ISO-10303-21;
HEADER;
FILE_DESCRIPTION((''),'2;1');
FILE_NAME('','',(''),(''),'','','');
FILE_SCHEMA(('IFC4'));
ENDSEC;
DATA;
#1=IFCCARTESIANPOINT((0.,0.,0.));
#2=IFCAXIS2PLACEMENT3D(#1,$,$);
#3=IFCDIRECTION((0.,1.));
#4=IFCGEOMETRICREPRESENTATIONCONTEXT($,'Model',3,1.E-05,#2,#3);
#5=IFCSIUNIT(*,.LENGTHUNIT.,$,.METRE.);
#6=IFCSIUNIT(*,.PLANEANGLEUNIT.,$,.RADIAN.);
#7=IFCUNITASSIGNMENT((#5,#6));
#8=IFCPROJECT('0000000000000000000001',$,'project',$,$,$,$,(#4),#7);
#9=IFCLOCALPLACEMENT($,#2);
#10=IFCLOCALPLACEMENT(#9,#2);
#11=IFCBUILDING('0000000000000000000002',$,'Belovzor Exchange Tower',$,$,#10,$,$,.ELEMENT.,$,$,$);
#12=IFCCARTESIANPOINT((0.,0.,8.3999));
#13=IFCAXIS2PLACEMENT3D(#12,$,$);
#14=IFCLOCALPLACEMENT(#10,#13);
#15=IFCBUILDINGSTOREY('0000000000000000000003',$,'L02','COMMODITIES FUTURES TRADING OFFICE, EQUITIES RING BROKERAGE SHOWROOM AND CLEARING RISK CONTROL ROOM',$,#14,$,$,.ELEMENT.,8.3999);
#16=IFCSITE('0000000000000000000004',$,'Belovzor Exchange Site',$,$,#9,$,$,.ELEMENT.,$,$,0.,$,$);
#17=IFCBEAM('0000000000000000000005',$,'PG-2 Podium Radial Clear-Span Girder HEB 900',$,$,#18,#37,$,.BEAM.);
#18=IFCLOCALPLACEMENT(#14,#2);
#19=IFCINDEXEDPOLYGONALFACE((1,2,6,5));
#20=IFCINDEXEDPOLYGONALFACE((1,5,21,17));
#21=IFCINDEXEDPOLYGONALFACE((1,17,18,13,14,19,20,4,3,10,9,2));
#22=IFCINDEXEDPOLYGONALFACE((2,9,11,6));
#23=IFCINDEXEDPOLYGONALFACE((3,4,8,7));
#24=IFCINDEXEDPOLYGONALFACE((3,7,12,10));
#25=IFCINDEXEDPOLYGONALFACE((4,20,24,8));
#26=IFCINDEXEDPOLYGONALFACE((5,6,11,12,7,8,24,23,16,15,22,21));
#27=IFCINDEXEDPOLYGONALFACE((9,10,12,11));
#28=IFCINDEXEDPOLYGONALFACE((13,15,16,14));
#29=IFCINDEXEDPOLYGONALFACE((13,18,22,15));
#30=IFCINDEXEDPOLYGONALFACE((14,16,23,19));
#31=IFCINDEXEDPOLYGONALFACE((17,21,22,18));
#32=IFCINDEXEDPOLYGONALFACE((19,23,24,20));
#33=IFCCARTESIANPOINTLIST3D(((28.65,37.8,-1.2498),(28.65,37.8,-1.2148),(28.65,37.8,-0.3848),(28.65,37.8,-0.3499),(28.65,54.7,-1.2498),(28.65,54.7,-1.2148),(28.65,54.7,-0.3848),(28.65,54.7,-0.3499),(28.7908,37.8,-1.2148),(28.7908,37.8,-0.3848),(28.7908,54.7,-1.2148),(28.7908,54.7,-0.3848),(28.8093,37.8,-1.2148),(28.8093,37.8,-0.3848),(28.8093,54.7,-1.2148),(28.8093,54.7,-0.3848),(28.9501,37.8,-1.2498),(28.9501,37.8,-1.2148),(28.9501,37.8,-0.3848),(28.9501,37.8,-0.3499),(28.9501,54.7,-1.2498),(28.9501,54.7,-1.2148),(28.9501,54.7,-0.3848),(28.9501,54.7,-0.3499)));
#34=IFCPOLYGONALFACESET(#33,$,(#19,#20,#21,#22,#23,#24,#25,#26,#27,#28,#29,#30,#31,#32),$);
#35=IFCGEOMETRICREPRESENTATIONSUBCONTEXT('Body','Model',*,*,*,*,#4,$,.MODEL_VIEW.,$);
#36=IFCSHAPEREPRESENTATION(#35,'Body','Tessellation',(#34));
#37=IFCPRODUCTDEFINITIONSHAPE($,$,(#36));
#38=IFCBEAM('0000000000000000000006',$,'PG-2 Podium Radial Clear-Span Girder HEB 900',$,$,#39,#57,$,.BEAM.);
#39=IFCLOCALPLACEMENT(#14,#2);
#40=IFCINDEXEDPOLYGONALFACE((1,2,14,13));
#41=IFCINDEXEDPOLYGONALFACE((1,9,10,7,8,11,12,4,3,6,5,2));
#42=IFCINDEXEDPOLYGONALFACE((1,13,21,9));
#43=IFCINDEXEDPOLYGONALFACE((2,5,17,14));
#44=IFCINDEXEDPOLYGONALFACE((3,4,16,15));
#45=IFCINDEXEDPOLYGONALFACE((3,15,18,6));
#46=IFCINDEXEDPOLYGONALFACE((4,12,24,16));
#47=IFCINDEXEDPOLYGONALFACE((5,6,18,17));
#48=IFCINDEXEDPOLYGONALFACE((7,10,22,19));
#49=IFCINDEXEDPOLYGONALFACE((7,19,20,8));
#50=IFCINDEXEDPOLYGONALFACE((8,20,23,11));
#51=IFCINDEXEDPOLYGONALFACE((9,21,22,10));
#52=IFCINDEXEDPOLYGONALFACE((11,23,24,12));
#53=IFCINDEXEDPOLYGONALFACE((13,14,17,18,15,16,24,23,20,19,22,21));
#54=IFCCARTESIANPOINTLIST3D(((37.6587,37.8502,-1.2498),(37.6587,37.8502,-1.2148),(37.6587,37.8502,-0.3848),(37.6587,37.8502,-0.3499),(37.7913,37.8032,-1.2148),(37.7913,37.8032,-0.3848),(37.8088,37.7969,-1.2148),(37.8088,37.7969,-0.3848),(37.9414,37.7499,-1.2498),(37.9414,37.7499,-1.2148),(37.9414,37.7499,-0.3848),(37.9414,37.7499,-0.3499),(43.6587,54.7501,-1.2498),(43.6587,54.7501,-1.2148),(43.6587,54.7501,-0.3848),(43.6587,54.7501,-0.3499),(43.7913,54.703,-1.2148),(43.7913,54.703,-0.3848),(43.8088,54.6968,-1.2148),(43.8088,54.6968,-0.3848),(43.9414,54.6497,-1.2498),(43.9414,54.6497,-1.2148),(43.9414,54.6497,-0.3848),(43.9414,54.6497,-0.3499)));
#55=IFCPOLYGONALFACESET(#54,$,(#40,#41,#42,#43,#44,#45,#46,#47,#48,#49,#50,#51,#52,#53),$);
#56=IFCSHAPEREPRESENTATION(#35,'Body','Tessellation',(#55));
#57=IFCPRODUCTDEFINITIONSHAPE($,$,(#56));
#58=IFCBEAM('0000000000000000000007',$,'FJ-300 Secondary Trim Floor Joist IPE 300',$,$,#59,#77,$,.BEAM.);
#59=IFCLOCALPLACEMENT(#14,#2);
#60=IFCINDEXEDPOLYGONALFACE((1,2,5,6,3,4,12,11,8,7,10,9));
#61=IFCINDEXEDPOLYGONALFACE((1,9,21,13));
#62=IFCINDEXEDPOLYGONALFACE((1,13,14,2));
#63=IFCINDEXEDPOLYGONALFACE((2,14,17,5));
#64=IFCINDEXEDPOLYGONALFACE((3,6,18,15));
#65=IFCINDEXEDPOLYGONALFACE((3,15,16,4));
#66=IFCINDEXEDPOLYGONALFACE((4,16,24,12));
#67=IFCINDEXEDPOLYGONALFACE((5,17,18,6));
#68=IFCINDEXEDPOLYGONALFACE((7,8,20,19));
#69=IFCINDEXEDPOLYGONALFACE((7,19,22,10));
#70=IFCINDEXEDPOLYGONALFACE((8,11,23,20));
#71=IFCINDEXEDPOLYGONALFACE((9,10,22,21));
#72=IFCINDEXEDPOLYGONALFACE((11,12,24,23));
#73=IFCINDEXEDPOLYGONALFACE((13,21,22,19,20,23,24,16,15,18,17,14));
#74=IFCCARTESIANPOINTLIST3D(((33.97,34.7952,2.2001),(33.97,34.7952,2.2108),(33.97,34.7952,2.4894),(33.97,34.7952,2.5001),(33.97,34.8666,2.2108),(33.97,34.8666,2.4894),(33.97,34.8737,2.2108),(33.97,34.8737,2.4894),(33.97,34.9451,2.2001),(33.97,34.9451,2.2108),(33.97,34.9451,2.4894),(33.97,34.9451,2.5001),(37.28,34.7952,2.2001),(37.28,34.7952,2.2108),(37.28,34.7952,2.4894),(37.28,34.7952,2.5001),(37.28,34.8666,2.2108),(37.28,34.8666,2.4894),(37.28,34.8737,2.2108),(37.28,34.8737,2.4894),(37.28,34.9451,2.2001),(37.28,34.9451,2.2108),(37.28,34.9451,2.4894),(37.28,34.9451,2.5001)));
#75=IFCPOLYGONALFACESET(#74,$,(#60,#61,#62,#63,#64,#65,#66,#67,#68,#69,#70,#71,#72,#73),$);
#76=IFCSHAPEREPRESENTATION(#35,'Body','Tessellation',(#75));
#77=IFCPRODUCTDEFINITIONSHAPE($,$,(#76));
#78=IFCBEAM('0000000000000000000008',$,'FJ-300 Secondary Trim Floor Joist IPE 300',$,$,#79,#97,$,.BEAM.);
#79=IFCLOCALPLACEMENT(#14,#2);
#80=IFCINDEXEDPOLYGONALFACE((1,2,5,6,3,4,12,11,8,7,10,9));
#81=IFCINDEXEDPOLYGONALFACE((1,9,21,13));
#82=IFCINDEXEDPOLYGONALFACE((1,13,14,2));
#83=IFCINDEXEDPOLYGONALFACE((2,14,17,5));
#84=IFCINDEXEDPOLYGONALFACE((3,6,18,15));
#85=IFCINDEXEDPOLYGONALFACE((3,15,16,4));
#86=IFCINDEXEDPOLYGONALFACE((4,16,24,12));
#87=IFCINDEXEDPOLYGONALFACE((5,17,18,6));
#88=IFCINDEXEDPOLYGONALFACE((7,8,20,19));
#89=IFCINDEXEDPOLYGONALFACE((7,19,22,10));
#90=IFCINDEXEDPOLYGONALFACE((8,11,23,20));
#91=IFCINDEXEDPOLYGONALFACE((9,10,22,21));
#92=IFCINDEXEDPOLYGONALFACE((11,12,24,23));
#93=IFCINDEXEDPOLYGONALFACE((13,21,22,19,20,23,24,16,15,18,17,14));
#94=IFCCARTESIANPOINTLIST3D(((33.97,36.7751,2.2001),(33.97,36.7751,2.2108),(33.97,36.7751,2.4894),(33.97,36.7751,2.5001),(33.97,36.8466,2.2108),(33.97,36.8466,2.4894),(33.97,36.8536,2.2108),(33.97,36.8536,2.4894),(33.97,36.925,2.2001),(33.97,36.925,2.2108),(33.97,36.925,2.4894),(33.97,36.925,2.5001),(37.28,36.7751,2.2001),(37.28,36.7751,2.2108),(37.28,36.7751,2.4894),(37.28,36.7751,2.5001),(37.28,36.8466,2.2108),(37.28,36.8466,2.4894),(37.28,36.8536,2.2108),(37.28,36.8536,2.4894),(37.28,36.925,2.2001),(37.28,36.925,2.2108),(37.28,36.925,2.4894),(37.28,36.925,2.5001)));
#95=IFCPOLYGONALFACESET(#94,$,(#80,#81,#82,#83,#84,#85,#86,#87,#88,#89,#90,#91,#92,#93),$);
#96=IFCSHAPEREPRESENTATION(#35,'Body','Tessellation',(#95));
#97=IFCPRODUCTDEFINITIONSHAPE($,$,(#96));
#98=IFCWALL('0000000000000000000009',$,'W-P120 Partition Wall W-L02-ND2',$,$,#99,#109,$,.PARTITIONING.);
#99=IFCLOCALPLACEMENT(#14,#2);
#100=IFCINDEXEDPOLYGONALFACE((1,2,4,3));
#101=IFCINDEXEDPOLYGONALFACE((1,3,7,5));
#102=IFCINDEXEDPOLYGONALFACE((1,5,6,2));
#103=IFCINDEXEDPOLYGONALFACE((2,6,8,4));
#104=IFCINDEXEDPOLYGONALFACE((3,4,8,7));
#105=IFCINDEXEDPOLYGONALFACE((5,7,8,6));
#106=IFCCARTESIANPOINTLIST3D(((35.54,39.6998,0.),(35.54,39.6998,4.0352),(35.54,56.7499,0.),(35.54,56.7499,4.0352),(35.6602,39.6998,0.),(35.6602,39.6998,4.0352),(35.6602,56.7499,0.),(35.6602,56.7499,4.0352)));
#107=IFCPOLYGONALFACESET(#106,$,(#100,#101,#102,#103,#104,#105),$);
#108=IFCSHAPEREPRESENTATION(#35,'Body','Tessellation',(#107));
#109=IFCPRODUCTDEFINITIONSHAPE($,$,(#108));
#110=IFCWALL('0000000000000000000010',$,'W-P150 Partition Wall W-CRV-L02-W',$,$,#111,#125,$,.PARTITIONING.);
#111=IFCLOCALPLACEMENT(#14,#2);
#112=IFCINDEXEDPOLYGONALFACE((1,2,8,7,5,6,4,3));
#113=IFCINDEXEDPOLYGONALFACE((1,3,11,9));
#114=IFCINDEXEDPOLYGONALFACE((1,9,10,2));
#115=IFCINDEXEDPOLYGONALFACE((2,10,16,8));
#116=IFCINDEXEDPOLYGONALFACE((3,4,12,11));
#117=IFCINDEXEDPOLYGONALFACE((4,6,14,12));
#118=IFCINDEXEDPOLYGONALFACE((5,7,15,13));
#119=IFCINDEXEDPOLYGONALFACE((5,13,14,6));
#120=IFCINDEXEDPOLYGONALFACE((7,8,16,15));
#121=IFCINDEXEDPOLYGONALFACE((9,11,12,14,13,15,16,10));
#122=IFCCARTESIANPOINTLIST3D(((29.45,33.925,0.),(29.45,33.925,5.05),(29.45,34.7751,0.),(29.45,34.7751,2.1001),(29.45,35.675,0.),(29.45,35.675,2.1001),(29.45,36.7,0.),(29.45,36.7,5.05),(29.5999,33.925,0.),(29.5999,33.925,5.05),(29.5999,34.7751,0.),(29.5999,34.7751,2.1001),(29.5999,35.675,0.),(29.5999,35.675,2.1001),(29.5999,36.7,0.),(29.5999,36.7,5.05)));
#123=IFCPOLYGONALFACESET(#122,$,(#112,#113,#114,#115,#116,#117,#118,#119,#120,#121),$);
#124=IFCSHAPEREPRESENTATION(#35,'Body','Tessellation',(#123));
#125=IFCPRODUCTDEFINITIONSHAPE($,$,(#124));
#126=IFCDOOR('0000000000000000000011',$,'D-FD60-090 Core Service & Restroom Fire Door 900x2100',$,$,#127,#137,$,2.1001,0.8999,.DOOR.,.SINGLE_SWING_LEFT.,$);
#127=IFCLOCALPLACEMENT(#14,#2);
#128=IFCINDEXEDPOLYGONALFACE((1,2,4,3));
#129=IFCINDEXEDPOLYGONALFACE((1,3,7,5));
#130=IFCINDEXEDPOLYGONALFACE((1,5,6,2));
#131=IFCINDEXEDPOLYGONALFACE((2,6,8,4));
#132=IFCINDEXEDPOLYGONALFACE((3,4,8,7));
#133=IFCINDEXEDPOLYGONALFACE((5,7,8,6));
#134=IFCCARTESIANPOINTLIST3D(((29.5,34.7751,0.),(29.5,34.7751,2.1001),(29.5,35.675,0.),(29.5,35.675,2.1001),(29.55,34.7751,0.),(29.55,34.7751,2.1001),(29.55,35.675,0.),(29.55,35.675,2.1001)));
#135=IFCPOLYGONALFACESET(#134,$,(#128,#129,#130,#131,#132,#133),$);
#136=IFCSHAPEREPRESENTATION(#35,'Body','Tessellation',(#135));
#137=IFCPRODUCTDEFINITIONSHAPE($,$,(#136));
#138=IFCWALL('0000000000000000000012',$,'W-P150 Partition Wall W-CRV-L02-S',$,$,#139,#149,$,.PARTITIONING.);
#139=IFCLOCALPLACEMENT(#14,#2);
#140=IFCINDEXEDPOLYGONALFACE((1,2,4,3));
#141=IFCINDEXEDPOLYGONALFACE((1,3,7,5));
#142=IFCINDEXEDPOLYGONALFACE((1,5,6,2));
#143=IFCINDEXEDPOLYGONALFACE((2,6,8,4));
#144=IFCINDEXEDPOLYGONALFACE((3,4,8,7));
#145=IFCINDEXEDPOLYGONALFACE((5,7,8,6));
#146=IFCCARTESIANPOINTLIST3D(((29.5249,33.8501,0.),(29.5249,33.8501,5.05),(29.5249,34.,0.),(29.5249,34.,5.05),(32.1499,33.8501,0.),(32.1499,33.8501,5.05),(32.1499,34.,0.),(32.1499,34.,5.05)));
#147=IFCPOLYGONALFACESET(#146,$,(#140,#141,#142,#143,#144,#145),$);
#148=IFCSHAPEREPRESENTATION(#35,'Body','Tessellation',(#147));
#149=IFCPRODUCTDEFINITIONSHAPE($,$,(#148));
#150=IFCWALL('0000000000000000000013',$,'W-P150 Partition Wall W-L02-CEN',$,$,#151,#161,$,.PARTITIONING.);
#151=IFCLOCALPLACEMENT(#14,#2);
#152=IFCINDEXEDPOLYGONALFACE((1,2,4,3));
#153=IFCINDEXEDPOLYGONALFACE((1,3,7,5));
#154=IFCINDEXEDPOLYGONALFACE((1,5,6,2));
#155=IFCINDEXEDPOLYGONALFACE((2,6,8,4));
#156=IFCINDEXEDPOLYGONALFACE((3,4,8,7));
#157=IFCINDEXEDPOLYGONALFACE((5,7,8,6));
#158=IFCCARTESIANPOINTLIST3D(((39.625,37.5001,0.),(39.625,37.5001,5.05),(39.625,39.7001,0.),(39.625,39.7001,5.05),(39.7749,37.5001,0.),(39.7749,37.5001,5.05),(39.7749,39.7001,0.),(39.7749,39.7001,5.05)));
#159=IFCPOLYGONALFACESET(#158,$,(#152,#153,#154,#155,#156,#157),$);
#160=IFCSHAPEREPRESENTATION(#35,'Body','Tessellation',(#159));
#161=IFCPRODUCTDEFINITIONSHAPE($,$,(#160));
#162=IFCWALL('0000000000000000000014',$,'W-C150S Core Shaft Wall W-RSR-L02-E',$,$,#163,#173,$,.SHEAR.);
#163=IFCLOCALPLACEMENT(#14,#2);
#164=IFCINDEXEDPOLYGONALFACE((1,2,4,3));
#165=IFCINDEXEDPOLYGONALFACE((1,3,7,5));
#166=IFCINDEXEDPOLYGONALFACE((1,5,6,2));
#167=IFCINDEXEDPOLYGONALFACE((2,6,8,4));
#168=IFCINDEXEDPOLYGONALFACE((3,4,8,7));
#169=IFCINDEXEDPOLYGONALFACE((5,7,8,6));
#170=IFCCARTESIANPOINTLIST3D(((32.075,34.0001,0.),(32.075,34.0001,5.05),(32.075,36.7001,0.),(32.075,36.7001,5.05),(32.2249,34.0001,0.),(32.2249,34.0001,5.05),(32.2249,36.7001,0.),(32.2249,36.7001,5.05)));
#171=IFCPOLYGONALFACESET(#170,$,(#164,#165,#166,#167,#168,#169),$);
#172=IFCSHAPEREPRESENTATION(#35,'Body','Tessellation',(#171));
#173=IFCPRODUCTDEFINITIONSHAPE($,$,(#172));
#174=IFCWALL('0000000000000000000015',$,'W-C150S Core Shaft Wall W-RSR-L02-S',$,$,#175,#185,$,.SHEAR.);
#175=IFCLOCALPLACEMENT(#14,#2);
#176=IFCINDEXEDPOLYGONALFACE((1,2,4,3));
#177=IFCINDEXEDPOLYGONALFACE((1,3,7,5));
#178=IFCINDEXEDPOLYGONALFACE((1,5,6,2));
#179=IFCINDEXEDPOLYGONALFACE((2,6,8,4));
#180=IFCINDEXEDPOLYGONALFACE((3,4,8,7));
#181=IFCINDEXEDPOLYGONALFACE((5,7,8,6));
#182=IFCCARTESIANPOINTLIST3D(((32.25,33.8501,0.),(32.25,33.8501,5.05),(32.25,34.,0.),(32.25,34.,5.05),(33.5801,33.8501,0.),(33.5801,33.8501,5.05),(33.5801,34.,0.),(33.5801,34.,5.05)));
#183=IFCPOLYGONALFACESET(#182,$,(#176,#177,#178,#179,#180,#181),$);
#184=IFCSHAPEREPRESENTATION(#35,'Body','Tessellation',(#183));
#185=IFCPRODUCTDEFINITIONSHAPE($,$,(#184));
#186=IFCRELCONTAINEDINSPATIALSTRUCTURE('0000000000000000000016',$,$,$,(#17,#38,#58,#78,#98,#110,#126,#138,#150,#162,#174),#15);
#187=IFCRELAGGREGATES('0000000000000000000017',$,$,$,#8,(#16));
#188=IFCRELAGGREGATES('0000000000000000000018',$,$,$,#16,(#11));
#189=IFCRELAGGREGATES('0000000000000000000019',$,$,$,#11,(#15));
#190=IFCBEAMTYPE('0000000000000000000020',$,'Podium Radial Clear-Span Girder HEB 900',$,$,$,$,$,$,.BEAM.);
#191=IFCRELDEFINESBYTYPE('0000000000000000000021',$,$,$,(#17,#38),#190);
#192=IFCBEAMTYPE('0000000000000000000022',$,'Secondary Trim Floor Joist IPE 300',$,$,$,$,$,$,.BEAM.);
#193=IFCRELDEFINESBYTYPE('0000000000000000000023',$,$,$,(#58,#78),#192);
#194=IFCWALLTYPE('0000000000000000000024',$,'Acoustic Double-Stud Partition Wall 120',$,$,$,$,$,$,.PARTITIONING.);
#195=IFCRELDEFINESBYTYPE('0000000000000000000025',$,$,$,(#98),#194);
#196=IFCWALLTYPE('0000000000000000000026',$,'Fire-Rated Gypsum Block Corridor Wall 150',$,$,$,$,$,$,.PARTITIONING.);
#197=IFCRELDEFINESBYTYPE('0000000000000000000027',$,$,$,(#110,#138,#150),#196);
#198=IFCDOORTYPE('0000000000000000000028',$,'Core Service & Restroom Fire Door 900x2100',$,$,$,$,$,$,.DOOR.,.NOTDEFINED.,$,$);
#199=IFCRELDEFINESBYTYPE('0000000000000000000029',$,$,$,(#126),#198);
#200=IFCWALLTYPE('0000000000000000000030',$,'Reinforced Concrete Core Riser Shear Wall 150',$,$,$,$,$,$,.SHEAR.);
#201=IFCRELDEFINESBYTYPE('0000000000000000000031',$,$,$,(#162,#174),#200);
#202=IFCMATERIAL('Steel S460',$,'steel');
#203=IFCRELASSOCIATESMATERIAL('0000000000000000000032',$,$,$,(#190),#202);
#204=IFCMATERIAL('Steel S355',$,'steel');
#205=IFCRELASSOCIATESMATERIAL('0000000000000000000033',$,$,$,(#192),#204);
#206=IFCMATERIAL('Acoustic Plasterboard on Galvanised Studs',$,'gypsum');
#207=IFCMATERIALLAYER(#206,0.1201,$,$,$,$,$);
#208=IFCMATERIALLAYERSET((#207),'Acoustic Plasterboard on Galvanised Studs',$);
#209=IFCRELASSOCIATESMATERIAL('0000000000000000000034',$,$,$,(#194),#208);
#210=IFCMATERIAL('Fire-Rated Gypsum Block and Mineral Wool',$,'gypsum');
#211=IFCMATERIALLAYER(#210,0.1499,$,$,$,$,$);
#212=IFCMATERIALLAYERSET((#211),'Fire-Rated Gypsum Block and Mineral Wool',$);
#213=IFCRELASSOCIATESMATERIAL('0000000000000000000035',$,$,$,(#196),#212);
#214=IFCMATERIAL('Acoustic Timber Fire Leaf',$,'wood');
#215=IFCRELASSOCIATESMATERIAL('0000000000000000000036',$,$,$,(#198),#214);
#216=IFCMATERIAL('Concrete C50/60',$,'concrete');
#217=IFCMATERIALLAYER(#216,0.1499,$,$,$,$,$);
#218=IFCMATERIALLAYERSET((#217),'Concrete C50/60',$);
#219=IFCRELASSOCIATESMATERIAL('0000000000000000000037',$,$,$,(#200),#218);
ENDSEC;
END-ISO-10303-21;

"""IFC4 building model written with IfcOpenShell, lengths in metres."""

from ifc_helpers import new_model, si_unit, direction, frame, frame_2d, origin, origin_2d, place, context, subcontext, project, spatial, rectangle, i_section, extrude, material, layer, layer_set, material_profile, profile_set, type_object, element, fill, save


model = new_model("IFC4")

# Units and contexts
model_context = context("Model", 3, precision=1e-05, world=origin(), true_north=direction((0.0, 1.0)))
body_context = subcontext(model_context, "Body", "Model", "MODEL_VIEW")
ifc_project = project(units=[si_unit("LENGTHUNIT", "METRE"), si_unit("PLANEANGLEUNIT", "RADIAN")], contexts=[model_context])

# Site, building, storey
site_placement = place(None, origin())
site = spatial("IfcSite", under=ifc_project, at=site_placement, Name="Belovzor Exchange Site", CompositionType="ELEMENT", RefElevation=0.0)
building_placement = place(site_placement, origin())
building = spatial("IfcBuilding", under=site, at=building_placement, Name="Belovzor Exchange Tower", CompositionType="ELEMENT")
storey_placement = place(building_placement, frame((0.0, 0.0, 8.3999)))
storey = spatial("IfcBuildingStorey", under=building, at=storey_placement, Name="L02", Description="COMMODITIES FUTURES TRADING OFFICE, EQUITIES RING BROKERAGE SHOWROOM AND CLEARING RISK CONTROL ROOM", CompositionType="ELEMENT", Elevation=8.3999)

# Beams
ifc_material_1 = material(Name="Steel S460", Category="steel")
ifc_material_profile_1 = material_profile(ifc_material_1, i_section(OverallWidth=0.3, OverallDepth=0.8999, WebThickness=0.0186, FlangeThickness=0.0349, at=origin_2d()))
ifc_profile_set_1 = profile_set([ifc_material_profile_1], Name="Steel S460")
beam_type_1 = type_object("IfcBeamType", Name="Podium Radial Clear-Span Girder HEB 900", PredefinedType="BEAM", material=ifc_profile_set_1)
beam_1_placement = place(storey_placement, frame((28.8, 37.8, -0.7998), z_axis=(0.0, 1.0, 0.0), x_axis=(-1.0, 0.0, 0.0)))
element("IfcBeam", 1, at=beam_1_placement, inside=storey, type_object=beam_type_1, Name="PG-2 Podium Radial Clear-Span Girder HEB 900", PredefinedType="BEAM", context=body_context, shape_type="SweptSolid", body=[
    extrude(i_section(OverallWidth=0.3, OverallDepth=0.8999, WebThickness=0.0186, FlangeThickness=0.0349, at=origin_2d()), origin(), (0.0, 0.0, 1.0), 16.8999),
])
beam_2_placement = place(storey_placement, frame((37.8, 37.8, -0.7998), z_axis=(0.334571, 0.94237, 0.0), x_axis=(-0.94237, 0.334571, 0.0)))
element("IfcBeam", 2, at=beam_2_placement, inside=storey, type_object=beam_type_1, Name="PG-2 Podium Radial Clear-Span Girder HEB 900", PredefinedType="BEAM", context=body_context, shape_type="SweptSolid", body=[
    extrude(i_section(OverallWidth=0.3, OverallDepth=0.8999, WebThickness=0.0186, FlangeThickness=0.0349, at=origin_2d()), origin(), (0.0, 0.0, 1.0), 17.9333),
])
ifc_material_2 = material(Name="Steel S355", Category="steel")
ifc_material_profile_2 = material_profile(ifc_material_2, i_section(OverallWidth=0.1499, OverallDepth=0.3, WebThickness=0.0071, FlangeThickness=0.0107, at=origin_2d()))
ifc_profile_set_2 = profile_set([ifc_material_profile_2], Name="Steel S355")
beam_type_2 = type_object("IfcBeamType", Name="Secondary Trim Floor Joist IPE 300", PredefinedType="BEAM", material=ifc_profile_set_2)
for number, where, z_axis, x_axis, name in (
    (3, (37.28, 34.8701, 2.3501), (-1.0, 0.0, 0.0), (0.0, -1.0, 0.0), "FJ-300 Secondary Trim Floor Joist IPE 300"),
    (4, (37.28, 36.8501, 2.3501), (-1.0, 0.0, 0.0), (0.0, -1.0, 0.0), "FJ-300 Secondary Trim Floor Joist IPE 300"),
):
    element("IfcBeam", number, at=place(storey_placement, frame(where, z_axis=z_axis, x_axis=x_axis)), inside=storey, type_object=beam_type_2, Name=name, PredefinedType="BEAM", context=body_context, shape_type="SweptSolid", body=[
        extrude(i_section(OverallWidth=0.1499, OverallDepth=0.3, WebThickness=0.0071, FlangeThickness=0.0107, at=origin_2d()), origin(), (0.0, 0.0, 1.0), 3.3101),
    ])

# Wall
ifc_material_3 = material(Name="Acoustic Plasterboard on Galvanised Studs", Category="gypsum")
ifc_layer_1 = layer(ifc_material_3, 0.1201)
ifc_layer_set_1 = layer_set([ifc_layer_1], Name="Acoustic Plasterboard on Galvanised Studs")
wall_type_1 = type_object("IfcWallType", Name="Acoustic Double-Stud Partition Wall 120", PredefinedType="PARTITIONING", material=ifc_layer_set_1)
wall_1_placement = place(storey_placement, frame((35.6001, 39.7, 0.0), z_axis=(0.0, 0.0, 1.0), x_axis=(0.0, 1.0, 0.0)))
element("IfcWall", 5, at=wall_1_placement, inside=storey, type_object=wall_type_1, Name="W-P120 Partition Wall W-L02-ND2", PredefinedType="PARTITIONING", context=body_context, shape_type="SweptSolid", body=[
    extrude(rectangle(XDim=17.05, YDim=0.1201, at=frame_2d((8.5249, 0.0))), origin(), (0.0, 0.0, 1.0), 4.0352),
])

# Wall, opening, door
ifc_material_4 = material(Name="Fire-Rated Gypsum Block and Mineral Wool", Category="gypsum")
ifc_layer_2 = layer(ifc_material_4, 0.1499)
ifc_layer_set_2 = layer_set([ifc_layer_2], Name="Fire-Rated Gypsum Block and Mineral Wool")
wall_type_2 = type_object("IfcWallType", Name="Fire-Rated Gypsum Block Corridor Wall 150", PredefinedType="PARTITIONING", material=ifc_layer_set_2)
wall_2_placement = place(storey_placement, frame((29.5249, 33.925, 0.0), z_axis=(0.0, 0.0, 1.0), x_axis=(0.0, 1.0, 0.0)))
wall_2 = element("IfcWall", 6, at=wall_2_placement, inside=storey, type_object=wall_type_2, Name="W-P150 Partition Wall W-CRV-L02-W", PredefinedType="PARTITIONING", context=body_context, shape_type="SweptSolid", body=[
    extrude(rectangle(XDim=2.7749, YDim=0.1499, at=frame_2d((1.3875, 0.0))), origin(), (0.0, 0.0, 1.0), 5.05),
])
opening_1_placement = place(wall_2_placement, frame((0.8501, 0.0, 0.0)))
opening_1 = element("IfcOpeningElement", 7, at=opening_1_placement, cuts=wall_2, PredefinedType="OPENING", context=body_context, shape_type="SweptSolid", body=[
    extrude(rectangle(XDim=0.8999, YDim=2.1001, at=frame_2d((0.45, 1.05))), frame((0.0, 0.085, 0.0), z_axis=(0.0, -1.0, 0.0), x_axis=(1.0, 0.0, 0.0)), (0.0, 0.0, 1.0), 0.1699),
])
ifc_material_5 = material(Name="Acoustic Timber Fire Leaf", Category="wood")
door_type_1 = type_object("IfcDoorType", Name="Core Service & Restroom Fire Door 900x2100", OperationType="NOTDEFINED", PredefinedType="DOOR", material=ifc_material_5)
door_1_placement = place(opening_1_placement, origin())
door_1 = element("IfcDoor", 8, at=door_1_placement, inside=storey, type_object=door_type_1, Name="D-FD60-090 Core Service & Restroom Fire Door 900x2100", OperationType="SINGLE_SWING_LEFT", OverallHeight=2.1001, OverallWidth=0.8999, PredefinedType="DOOR", context=body_context, shape_type="SweptSolid", body=[
    extrude(rectangle(XDim=0.8999, YDim=2.1001, at=frame_2d((0.45, 1.05))), frame((0.0, 0.0249, 0.0), z_axis=(0.0, -1.0, 0.0), x_axis=(1.0, 0.0, 0.0)), (0.0, 0.0, 1.0), 0.05),
])
fill(opening_1, door_1)

# Walls
wall_3_placement = place(storey_placement, frame((29.5249, 33.925, 0.0), z_axis=(0.0, 0.0, 1.0), x_axis=(1.0, 0.0, 0.0)))
element("IfcWall", 9, at=wall_3_placement, inside=storey, type_object=wall_type_2, Name="W-P150 Partition Wall W-CRV-L02-S", PredefinedType="PARTITIONING", context=body_context, shape_type="SweptSolid", body=[
    extrude(rectangle(XDim=2.625, YDim=0.1499, at=frame_2d((1.3125, 0.0))), origin(), (0.0, 0.0, 1.0), 5.05),
])
wall_4_placement = place(storey_placement, frame((39.7, 37.5, 0.0), z_axis=(0.0, 0.0, 1.0), x_axis=(0.0, 1.0, 0.0)))
element("IfcWall", 10, at=wall_4_placement, inside=storey, type_object=wall_type_2, Name="W-P150 Partition Wall W-L02-CEN", PredefinedType="PARTITIONING", context=body_context, shape_type="SweptSolid", body=[
    extrude(rectangle(XDim=2.2, YDim=0.1499, at=frame_2d((1.1001, 0.0))), origin(), (0.0, 0.0, 1.0), 5.05),
])
ifc_material_6 = material(Name="Concrete C50/60", Category="concrete")
ifc_layer_3 = layer(ifc_material_6, 0.1499)
ifc_layer_set_3 = layer_set([ifc_layer_3], Name="Concrete C50/60")
wall_type_3 = type_object("IfcWallType", Name="Reinforced Concrete Core Riser Shear Wall 150", PredefinedType="SHEAR", material=ifc_layer_set_3)
wall_5_placement = place(storey_placement, frame((32.1499, 34.0, 0.0), z_axis=(0.0, 0.0, 1.0), x_axis=(0.0, 1.0, 0.0)))
element("IfcWall", 11, at=wall_5_placement, inside=storey, type_object=wall_type_3, Name="W-C150S Core Shaft Wall W-RSR-L02-E", PredefinedType="SHEAR", context=body_context, shape_type="SweptSolid", body=[
    extrude(rectangle(XDim=2.7, YDim=0.1499, at=frame_2d((1.3501, 0.0))), origin(), (0.0, 0.0, 1.0), 5.05),
])
for number, where, z_axis, x_axis, name in (
    (12, (32.25, 33.925, 0.0), (0.0, 0.0, 1.0), (1.0, 0.0, 0.0), "W-C150S Core Shaft Wall W-RSR-L02-S"),
):
    element("IfcWall", number, at=place(storey_placement, frame(where, z_axis=z_axis, x_axis=x_axis)), inside=storey, type_object=wall_type_3, Name=name, PredefinedType="SHEAR", context=body_context, shape_type="SweptSolid", body=[
        extrude(rectangle(XDim=1.3301, YDim=0.1499, at=frame_2d((0.665, 0.0))), origin(), (0.0, 0.0, 1.0), 5.05),
    ])

save(model, "model.ifc")
